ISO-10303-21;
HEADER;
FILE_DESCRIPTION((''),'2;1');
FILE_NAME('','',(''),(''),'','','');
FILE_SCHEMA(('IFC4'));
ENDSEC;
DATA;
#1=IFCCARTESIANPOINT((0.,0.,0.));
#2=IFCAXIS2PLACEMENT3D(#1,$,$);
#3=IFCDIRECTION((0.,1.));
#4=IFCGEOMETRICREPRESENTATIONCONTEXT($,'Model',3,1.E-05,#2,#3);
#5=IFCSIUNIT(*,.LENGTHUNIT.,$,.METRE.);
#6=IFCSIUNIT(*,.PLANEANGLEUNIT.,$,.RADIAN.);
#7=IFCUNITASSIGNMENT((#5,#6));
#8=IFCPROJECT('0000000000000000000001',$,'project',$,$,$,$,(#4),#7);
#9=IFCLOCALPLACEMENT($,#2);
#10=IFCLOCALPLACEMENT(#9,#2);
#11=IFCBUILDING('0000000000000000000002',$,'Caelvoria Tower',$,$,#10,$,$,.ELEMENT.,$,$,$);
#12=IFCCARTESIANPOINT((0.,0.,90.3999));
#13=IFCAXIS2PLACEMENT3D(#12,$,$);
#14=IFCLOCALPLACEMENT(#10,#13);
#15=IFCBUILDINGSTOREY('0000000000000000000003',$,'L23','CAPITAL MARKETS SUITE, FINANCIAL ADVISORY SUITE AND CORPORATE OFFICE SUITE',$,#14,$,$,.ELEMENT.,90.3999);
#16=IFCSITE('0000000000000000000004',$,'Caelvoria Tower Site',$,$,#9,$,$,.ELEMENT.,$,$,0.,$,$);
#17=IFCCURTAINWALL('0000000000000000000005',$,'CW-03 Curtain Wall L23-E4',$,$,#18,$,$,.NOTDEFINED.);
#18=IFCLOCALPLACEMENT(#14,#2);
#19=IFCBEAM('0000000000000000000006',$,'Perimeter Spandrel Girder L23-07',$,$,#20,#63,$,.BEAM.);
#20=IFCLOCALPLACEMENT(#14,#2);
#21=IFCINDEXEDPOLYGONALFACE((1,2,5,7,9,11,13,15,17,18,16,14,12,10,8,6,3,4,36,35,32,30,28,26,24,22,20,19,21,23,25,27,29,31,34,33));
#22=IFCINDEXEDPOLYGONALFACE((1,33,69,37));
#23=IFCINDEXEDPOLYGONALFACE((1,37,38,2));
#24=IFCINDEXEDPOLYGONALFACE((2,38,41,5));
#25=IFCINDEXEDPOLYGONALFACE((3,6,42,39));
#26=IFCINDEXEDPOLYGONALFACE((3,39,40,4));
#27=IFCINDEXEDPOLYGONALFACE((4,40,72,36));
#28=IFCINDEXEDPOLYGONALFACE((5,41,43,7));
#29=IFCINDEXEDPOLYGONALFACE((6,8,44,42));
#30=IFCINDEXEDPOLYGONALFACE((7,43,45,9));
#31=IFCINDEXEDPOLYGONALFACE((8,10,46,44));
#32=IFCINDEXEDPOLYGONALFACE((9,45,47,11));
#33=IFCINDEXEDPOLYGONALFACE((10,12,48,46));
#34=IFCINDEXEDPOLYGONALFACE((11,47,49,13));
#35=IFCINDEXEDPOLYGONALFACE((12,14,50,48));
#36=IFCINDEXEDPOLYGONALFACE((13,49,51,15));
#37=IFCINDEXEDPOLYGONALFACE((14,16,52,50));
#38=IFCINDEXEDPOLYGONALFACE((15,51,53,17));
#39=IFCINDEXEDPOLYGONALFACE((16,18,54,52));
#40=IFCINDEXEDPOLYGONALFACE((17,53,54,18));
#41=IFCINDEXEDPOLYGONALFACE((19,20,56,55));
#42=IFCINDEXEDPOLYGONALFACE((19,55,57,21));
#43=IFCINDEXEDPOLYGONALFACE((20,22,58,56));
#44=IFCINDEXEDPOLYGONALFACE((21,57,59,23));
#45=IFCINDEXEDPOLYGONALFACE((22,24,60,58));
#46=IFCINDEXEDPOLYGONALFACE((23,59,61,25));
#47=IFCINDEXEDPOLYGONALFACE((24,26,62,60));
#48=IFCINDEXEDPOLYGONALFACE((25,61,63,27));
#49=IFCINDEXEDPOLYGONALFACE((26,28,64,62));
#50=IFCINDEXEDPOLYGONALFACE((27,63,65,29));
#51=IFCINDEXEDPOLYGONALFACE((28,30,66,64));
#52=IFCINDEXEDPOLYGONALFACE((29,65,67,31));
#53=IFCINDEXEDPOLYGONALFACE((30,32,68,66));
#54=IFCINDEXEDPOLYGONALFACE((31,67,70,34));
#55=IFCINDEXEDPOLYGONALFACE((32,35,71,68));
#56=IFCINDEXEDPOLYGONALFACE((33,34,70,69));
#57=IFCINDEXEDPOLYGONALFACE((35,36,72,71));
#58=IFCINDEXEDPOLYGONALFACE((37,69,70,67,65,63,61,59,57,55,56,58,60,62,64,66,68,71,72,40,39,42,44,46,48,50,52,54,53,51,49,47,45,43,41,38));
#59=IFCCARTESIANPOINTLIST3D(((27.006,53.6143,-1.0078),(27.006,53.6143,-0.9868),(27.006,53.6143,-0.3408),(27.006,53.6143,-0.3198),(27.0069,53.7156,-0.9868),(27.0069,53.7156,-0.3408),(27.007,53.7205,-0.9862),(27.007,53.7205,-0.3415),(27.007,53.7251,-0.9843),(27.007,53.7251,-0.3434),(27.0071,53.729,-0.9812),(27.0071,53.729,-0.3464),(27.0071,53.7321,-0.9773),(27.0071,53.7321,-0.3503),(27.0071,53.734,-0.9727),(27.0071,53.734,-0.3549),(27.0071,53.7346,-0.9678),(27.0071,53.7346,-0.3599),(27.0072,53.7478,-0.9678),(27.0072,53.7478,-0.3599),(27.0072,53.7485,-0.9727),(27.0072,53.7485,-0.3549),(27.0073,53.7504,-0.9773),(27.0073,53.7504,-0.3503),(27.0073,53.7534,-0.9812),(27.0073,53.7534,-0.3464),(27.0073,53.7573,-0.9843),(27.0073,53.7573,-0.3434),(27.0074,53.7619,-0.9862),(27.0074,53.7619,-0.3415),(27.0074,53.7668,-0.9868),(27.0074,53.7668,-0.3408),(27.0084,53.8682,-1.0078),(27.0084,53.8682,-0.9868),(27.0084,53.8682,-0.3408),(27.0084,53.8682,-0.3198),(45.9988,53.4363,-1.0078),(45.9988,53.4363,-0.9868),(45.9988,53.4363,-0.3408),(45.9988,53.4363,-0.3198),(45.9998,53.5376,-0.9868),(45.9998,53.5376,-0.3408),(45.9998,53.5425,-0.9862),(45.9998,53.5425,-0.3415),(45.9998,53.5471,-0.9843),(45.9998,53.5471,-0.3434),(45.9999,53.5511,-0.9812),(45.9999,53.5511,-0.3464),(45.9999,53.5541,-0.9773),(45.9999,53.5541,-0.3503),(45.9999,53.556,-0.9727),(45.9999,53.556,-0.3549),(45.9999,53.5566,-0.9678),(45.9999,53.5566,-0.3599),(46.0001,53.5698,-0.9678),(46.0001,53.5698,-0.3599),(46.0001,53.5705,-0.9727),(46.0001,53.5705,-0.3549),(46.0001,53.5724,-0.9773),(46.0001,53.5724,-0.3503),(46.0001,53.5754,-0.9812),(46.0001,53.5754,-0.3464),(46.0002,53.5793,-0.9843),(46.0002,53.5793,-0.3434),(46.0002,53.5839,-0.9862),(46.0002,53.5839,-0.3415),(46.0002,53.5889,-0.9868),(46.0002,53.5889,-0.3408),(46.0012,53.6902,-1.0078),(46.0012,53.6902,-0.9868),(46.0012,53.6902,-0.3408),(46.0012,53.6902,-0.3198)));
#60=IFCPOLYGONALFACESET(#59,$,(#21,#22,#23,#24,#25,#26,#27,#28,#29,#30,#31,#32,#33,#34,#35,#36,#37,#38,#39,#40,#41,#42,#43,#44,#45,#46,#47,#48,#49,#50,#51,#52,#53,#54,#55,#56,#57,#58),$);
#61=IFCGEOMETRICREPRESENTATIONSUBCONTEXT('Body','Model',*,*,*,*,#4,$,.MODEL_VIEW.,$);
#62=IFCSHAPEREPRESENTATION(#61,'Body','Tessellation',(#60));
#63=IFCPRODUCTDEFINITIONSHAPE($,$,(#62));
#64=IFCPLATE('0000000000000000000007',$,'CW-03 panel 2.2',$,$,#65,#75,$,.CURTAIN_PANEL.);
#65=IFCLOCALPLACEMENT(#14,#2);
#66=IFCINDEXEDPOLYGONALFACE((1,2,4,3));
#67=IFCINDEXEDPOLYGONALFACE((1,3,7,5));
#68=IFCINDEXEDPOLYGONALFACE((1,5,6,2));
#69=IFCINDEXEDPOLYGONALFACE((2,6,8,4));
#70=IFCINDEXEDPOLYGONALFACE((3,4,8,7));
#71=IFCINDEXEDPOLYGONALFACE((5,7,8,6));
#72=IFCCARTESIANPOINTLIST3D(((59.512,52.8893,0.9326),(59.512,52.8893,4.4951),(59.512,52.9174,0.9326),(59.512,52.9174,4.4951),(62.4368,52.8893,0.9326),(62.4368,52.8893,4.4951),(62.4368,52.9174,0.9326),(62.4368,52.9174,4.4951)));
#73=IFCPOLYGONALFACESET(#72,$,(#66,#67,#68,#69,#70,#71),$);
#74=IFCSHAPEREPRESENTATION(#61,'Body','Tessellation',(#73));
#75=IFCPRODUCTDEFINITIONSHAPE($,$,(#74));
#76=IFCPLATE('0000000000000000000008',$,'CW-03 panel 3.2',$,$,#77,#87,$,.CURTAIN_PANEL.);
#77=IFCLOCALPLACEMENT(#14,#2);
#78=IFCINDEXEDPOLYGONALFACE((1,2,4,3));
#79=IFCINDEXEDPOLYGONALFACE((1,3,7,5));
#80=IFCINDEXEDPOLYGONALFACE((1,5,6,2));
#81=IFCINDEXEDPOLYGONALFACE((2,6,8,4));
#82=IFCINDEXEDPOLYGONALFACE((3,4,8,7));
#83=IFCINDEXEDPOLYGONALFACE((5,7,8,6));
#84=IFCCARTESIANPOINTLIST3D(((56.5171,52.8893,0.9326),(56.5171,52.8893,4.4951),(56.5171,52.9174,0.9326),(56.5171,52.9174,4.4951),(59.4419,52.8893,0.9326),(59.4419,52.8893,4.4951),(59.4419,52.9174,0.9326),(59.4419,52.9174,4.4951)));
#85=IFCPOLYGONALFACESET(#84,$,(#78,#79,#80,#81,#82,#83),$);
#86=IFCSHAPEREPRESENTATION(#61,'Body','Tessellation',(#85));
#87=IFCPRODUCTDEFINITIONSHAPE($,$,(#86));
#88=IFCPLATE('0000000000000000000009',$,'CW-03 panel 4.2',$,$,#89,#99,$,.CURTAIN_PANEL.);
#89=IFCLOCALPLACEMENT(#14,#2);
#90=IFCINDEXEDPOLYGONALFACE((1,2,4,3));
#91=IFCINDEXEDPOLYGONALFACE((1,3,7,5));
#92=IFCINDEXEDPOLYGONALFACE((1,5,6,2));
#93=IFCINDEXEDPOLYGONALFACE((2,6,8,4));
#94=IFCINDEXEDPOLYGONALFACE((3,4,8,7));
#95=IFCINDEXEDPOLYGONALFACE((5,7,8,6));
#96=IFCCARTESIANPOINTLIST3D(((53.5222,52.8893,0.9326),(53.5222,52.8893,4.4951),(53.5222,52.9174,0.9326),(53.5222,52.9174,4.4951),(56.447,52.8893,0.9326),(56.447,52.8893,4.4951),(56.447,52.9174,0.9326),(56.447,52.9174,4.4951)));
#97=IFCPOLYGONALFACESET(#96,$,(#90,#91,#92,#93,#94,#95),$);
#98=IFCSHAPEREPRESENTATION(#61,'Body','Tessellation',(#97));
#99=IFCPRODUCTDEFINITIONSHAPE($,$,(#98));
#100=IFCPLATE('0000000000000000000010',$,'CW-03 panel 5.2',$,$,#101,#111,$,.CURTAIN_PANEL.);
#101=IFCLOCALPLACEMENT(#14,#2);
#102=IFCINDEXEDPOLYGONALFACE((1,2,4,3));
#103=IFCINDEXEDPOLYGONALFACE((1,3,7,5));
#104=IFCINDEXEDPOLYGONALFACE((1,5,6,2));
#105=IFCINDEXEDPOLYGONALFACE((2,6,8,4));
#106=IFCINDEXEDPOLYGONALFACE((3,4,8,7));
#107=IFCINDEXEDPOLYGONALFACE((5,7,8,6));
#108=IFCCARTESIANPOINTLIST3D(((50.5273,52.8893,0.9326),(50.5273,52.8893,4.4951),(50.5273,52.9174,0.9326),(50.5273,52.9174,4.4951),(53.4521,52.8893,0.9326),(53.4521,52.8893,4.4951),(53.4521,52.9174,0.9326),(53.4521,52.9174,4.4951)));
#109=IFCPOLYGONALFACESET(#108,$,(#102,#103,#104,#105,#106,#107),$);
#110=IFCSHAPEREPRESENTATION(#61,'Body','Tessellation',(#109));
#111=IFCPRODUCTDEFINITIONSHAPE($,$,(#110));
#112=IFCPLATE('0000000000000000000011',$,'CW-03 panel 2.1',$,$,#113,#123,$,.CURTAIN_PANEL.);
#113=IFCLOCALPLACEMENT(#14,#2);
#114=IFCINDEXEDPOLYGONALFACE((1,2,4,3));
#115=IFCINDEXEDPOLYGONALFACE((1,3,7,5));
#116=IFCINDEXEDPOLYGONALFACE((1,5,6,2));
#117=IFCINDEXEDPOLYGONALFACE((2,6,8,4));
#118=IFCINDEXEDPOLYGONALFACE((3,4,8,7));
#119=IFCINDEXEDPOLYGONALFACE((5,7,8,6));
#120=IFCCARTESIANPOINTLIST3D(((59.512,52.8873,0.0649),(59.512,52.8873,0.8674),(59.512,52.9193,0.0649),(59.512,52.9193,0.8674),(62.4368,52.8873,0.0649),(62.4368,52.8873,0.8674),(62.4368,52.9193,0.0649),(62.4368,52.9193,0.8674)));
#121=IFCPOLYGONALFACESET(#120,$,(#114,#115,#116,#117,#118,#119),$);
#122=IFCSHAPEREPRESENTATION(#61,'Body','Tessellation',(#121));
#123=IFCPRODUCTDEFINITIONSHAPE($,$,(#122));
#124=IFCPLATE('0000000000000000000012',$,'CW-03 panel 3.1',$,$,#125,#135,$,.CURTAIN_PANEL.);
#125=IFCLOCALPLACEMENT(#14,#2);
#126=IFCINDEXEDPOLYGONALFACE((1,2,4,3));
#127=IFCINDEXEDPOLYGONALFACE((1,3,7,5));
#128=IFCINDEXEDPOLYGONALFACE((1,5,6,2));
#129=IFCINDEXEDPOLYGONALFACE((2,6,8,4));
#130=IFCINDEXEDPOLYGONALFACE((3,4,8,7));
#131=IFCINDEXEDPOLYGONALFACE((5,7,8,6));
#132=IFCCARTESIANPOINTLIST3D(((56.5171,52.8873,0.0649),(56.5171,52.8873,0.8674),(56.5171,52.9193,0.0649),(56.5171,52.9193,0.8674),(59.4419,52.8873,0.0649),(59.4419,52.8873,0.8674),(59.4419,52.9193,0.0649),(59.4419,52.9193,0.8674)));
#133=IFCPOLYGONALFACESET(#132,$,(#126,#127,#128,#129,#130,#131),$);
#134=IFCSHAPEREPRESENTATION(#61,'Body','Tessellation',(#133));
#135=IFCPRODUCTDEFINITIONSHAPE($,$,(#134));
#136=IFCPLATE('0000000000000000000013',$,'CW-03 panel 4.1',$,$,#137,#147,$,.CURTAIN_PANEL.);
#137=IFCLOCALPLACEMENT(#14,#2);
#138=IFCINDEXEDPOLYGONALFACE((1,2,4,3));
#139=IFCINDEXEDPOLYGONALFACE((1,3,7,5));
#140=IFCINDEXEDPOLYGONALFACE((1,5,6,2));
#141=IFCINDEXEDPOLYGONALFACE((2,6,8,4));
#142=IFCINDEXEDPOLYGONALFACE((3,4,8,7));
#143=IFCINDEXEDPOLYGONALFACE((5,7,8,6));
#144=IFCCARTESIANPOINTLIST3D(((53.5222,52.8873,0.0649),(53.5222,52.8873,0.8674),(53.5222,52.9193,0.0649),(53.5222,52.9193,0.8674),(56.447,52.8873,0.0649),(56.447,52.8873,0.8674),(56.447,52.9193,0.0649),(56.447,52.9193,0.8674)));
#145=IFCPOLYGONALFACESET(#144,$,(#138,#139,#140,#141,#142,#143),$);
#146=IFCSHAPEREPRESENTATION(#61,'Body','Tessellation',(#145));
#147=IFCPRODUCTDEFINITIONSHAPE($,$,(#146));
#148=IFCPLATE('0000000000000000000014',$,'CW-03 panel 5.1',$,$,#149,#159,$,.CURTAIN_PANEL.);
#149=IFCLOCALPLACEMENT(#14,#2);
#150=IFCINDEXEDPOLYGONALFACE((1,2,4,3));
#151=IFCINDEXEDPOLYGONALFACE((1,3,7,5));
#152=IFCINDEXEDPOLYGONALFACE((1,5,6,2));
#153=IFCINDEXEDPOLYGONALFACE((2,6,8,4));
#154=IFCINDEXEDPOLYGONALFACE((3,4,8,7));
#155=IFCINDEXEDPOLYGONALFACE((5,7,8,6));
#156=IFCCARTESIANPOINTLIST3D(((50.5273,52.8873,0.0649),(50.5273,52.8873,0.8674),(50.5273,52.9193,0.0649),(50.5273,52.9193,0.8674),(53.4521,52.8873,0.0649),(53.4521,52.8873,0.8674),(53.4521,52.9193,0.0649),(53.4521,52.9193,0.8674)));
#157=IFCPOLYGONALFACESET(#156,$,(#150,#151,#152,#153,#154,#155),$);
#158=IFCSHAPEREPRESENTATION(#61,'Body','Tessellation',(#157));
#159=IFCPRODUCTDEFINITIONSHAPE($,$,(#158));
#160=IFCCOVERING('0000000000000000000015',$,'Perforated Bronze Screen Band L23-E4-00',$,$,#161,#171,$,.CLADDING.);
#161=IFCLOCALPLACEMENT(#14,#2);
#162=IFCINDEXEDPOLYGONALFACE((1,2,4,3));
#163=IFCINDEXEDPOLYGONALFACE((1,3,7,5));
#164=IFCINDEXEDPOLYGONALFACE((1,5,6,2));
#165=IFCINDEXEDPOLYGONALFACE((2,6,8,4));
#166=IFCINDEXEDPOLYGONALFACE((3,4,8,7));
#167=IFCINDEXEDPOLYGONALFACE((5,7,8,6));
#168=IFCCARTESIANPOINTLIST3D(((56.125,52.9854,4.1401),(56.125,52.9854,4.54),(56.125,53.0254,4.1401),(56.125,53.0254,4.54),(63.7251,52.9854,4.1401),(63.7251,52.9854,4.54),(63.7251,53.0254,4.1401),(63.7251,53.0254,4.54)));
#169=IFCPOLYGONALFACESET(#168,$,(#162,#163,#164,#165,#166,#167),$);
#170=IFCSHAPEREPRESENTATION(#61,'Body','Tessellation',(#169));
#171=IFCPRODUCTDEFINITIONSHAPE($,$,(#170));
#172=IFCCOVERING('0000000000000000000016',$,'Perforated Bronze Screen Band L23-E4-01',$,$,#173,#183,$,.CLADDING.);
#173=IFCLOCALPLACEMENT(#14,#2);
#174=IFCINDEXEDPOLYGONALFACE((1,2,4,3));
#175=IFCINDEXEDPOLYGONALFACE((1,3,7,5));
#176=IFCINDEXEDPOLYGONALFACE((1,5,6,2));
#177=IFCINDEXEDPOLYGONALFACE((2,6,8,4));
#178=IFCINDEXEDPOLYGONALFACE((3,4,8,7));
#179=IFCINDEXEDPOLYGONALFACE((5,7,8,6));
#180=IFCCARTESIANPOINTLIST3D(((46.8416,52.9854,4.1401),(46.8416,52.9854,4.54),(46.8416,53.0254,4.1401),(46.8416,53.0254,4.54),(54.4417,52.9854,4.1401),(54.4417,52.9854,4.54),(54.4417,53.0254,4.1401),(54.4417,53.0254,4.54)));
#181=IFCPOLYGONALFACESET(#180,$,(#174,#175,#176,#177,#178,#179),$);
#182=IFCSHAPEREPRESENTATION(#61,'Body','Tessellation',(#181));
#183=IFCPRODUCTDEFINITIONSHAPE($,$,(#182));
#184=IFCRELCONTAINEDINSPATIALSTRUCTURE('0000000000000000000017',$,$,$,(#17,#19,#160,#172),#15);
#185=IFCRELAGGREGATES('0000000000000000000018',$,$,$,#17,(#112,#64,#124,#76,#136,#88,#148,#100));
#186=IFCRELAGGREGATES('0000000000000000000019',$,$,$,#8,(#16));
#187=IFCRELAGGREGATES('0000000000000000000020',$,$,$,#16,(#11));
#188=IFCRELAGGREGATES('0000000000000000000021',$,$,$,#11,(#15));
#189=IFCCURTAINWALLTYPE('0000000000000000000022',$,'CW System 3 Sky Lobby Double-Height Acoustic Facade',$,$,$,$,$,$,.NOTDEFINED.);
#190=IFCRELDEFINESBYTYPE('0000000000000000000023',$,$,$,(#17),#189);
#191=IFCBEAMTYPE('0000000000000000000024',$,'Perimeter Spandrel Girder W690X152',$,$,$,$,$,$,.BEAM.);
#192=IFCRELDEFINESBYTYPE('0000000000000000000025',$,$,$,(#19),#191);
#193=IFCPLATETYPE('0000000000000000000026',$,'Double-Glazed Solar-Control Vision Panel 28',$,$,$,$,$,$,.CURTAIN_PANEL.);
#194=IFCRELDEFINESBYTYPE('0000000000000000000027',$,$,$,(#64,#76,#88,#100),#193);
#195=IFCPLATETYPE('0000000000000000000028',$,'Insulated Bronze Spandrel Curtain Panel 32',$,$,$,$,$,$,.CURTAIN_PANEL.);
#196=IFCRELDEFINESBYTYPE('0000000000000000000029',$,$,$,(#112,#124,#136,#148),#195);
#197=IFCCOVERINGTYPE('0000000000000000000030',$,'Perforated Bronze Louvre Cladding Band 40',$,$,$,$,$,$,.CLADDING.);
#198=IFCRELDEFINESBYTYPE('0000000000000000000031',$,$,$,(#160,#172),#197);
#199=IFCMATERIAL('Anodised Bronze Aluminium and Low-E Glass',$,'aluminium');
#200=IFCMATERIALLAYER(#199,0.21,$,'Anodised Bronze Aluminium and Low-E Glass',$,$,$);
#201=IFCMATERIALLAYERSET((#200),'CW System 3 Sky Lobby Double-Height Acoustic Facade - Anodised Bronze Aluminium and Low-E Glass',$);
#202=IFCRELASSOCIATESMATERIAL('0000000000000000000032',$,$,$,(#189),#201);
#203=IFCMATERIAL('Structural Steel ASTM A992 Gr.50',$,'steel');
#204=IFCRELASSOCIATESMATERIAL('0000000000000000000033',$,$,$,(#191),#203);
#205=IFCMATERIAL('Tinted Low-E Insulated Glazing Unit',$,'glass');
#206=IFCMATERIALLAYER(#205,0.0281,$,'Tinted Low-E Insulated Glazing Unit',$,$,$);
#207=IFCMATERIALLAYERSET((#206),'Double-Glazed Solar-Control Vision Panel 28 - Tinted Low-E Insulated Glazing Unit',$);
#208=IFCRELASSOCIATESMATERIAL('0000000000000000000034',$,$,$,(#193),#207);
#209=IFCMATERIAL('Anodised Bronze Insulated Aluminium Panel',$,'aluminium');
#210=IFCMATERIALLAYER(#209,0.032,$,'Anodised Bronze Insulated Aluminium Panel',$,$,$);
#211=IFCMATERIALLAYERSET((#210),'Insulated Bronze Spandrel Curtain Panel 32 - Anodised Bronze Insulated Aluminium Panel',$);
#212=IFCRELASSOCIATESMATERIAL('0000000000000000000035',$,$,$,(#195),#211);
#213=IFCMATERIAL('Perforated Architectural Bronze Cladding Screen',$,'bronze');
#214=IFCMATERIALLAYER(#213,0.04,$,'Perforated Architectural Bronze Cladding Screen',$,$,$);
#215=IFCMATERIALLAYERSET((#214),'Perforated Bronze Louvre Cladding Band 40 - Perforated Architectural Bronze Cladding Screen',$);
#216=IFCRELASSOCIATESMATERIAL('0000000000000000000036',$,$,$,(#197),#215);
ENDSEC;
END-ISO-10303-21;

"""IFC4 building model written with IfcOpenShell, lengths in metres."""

from ifc_helpers import new_model, si_unit, direction, frame, origin, origin_2d, place, context, subcontext, project, spatial, rectangle, i_section, extrude, material, layer, layer_set, material_profile, profile_set, type_object, element, aggregate, save


model = new_model("IFC4")

# Units and contexts
model_context = context("Model", 3, precision=1e-05, world=origin(), true_north=direction((0.0, 1.0)))
body_context = subcontext(model_context, "Body", "Model", "MODEL_VIEW")
ifc_project = project(units=[si_unit("LENGTHUNIT", "METRE"), si_unit("PLANEANGLEUNIT", "RADIAN")], contexts=[model_context])

# Site, building, storey
site_placement = place(None, origin())
site = spatial("IfcSite", under=ifc_project, at=site_placement, Name="Caelvoria Tower Site", CompositionType="ELEMENT", RefElevation=0.0)
building_placement = place(site_placement, origin())
building = spatial("IfcBuilding", under=site, at=building_placement, Name="Caelvoria Tower", CompositionType="ELEMENT")
storey_placement = place(building_placement, frame((0.0, 0.0, 90.3999)))
storey = spatial("IfcBuildingStorey", under=building, at=storey_placement, Name="L23", Description="CAPITAL MARKETS SUITE, FINANCIAL ADVISORY SUITE AND CORPORATE OFFICE SUITE", CompositionType="ELEMENT", Elevation=90.3999)

# Curtain wall
ifc_material_1 = material(Name="Anodised Bronze Aluminium and Low-E Glass", Category="aluminium")
ifc_layer_1 = layer(ifc_material_1, 0.21, Name="Anodised Bronze Aluminium and Low-E Glass")
ifc_layer_set_1 = layer_set([ifc_layer_1], Name="CW System 3 Sky Lobby Double-Height Acoustic Facade - Anodised Bronze Aluminium and Low-E Glass")
curtain_wall_type = type_object("IfcCurtainWallType", Name="CW System 3 Sky Lobby Double-Height Acoustic Facade", PredefinedType="NOTDEFINED", material=ifc_layer_set_1)
curtain_wall_placement = place(storey_placement, origin())
curtain_wall = element("IfcCurtainWall", 1, at=curtain_wall_placement, inside=storey, type_object=curtain_wall_type, Name="CW-03 Curtain Wall L23-E4", PredefinedType="NOTDEFINED")

# Beam
ifc_material_2 = material(Name="Structural Steel ASTM A992 Gr.50", Category="steel")
ifc_material_profile_1 = material_profile(ifc_material_2, i_section(OverallWidth=0.2539, OverallDepth=0.688, WebThickness=0.0132, FlangeThickness=0.021, FilletRadius=0.019, at=origin_2d()), Name="Structural Steel ASTM A992 Gr.50")
ifc_profile_set_1 = profile_set([ifc_material_profile_1], Name="W690X152 - Structural Steel ASTM A992 Gr.50")
beam_type = type_object("IfcBeamType", Name="Perimeter Spandrel Girder W690X152", PredefinedType="BEAM", material=ifc_profile_set_1)
beam_placement = place(storey_placement, frame((46.0, 53.5632, -0.6638), z_axis=(-0.999956, 0.00937, 0.0), x_axis=(-0.00937, -0.999956, 0.0)))
element("IfcBeam", 2, at=beam_placement, inside=storey, type_object=beam_type, Name="Perimeter Spandrel Girder L23-07", PredefinedType="BEAM", context=body_context, shape_type="SweptSolid", body=[
    extrude(i_section(OverallWidth=0.2539, OverallDepth=0.688, WebThickness=0.0132, FlangeThickness=0.021, FilletRadius=0.019, at=origin_2d()), origin(), (0.0, 0.0, 1.0), 18.9937),
])

# Plates
ifc_material_3 = material(Name="Tinted Low-E Insulated Glazing Unit", Category="glass")
ifc_layer_2 = layer(ifc_material_3, 0.0281, Name="Tinted Low-E Insulated Glazing Unit")
ifc_layer_set_2 = layer_set([ifc_layer_2], Name="Double-Glazed Solar-Control Vision Panel 28 - Tinted Low-E Insulated Glazing Unit")
plate_type_1 = type_object("IfcPlateType", Name="Double-Glazed Solar-Control Vision Panel 28", PredefinedType="CURTAIN_PANEL", material=ifc_layer_set_2)
plate_1_placement = place(storey_placement, frame((60.9744, 52.9033, 0.9326), z_axis=(0.0, 0.0, 1.0), x_axis=(-1.0, 0.0, 0.0)))
plate_1 = element("IfcPlate", 3, at=plate_1_placement, type_object=plate_type_1, Name="CW-03 panel 2.2", PredefinedType="CURTAIN_PANEL", context=body_context, shape_type="SweptSolid", body=[
    extrude(rectangle(XDim=2.9248, YDim=0.0281, at=origin_2d()), origin(), (0.0, 0.0, 1.0), 3.5625),
])
plate_2_placement = place(storey_placement, frame((57.9795, 52.9033, 0.9326), z_axis=(0.0, 0.0, 1.0), x_axis=(-1.0, 0.0, 0.0)))
plate_2 = element("IfcPlate", 4, at=plate_2_placement, type_object=plate_type_1, Name="CW-03 panel 3.2", PredefinedType="CURTAIN_PANEL", context=body_context, shape_type="SweptSolid", body=[
    extrude(rectangle(XDim=2.9248, YDim=0.0281, at=origin_2d()), origin(), (0.0, 0.0, 1.0), 3.5625),
])
plate_3_placement = place(storey_placement, frame((54.9846, 52.9033, 0.9326), z_axis=(0.0, 0.0, 1.0), x_axis=(-1.0, 0.0, 0.0)))
plate_3 = element("IfcPlate", 5, at=plate_3_placement, type_object=plate_type_1, Name="CW-03 panel 4.2", PredefinedType="CURTAIN_PANEL", context=body_context, shape_type="SweptSolid", body=[
    extrude(rectangle(XDim=2.9248, YDim=0.0281, at=origin_2d()), origin(), (0.0, 0.0, 1.0), 3.5625),
])
plate_4_placement = place(storey_placement, frame((51.9897, 52.9033, 0.9326), z_axis=(0.0, 0.0, 1.0), x_axis=(-1.0, 0.0, 0.0)))
plate_4 = element("IfcPlate", 6, at=plate_4_placement, type_object=plate_type_1, Name="CW-03 panel 5.2", PredefinedType="CURTAIN_PANEL", context=body_context, shape_type="SweptSolid", body=[
    extrude(rectangle(XDim=2.9248, YDim=0.0281, at=origin_2d()), origin(), (0.0, 0.0, 1.0), 3.5625),
])
ifc_material_4 = material(Name="Anodised Bronze Insulated Aluminium Panel", Category="aluminium")
ifc_layer_3 = layer(ifc_material_4, 0.032, Name="Anodised Bronze Insulated Aluminium Panel")
ifc_layer_set_3 = layer_set([ifc_layer_3], Name="Insulated Bronze Spandrel Curtain Panel 32 - Anodised Bronze Insulated Aluminium Panel")
plate_type_2 = type_object("IfcPlateType", Name="Insulated Bronze Spandrel Curtain Panel 32", PredefinedType="CURTAIN_PANEL", material=ifc_layer_set_3)
plate_5_placement = place(storey_placement, frame((60.9744, 52.9033, 0.0649), z_axis=(0.0, 0.0, 1.0), x_axis=(-1.0, 0.0, 0.0)))
plate_5 = element("IfcPlate", 7, at=plate_5_placement, type_object=plate_type_2, Name="CW-03 panel 2.1", PredefinedType="CURTAIN_PANEL", context=body_context, shape_type="SweptSolid", body=[
    extrude(rectangle(XDim=2.9248, YDim=0.032, at=origin_2d()), origin(), (0.0, 0.0, 1.0), 0.8025),
])
plate_6_placement = place(storey_placement, frame((57.9795, 52.9033, 0.0649), z_axis=(0.0, 0.0, 1.0), x_axis=(-1.0, 0.0, 0.0)))
plate_6 = element("IfcPlate", 8, at=plate_6_placement, type_object=plate_type_2, Name="CW-03 panel 3.1", PredefinedType="CURTAIN_PANEL", context=body_context, shape_type="SweptSolid", body=[
    extrude(rectangle(XDim=2.9248, YDim=0.032, at=origin_2d()), origin(), (0.0, 0.0, 1.0), 0.8025),
])
plate_7_placement = place(storey_placement, frame((54.9846, 52.9033, 0.0649), z_axis=(0.0, 0.0, 1.0), x_axis=(-1.0, 0.0, 0.0)))
plate_7 = element("IfcPlate", 9, at=plate_7_placement, type_object=plate_type_2, Name="CW-03 panel 4.1", PredefinedType="CURTAIN_PANEL", context=body_context, shape_type="SweptSolid", body=[
    extrude(rectangle(XDim=2.9248, YDim=0.032, at=origin_2d()), origin(), (0.0, 0.0, 1.0), 0.8025),
])
plate_8_placement = place(storey_placement, frame((51.9897, 52.9033, 0.0649), z_axis=(0.0, 0.0, 1.0), x_axis=(-1.0, 0.0, 0.0)))
plate_8 = element("IfcPlate", 10, at=plate_8_placement, type_object=plate_type_2, Name="CW-03 panel 5.1", PredefinedType="CURTAIN_PANEL", context=body_context, shape_type="SweptSolid", body=[
    extrude(rectangle(XDim=2.9248, YDim=0.032, at=origin_2d()), origin(), (0.0, 0.0, 1.0), 0.8025),
])
aggregate(curtain_wall, [plate_5, plate_1, plate_6, plate_2, plate_7, plate_3, plate_8, plate_4])

# Coverings
ifc_material_5 = material(Name="Perforated Architectural Bronze Cladding Screen", Category="bronze")
ifc_layer_4 = layer(ifc_material_5, 0.04, Name="Perforated Architectural Bronze Cladding Screen")
ifc_layer_set_4 = layer_set([ifc_layer_4], Name="Perforated Bronze Louvre Cladding Band 40 - Perforated Architectural Bronze Cladding Screen")
covering_type = type_object("IfcCoveringType", Name="Perforated Bronze Louvre Cladding Band 40", PredefinedType="CLADDING", material=ifc_layer_set_4)
for number, where, z_axis, x_axis, name in (
    (11, (59.925, 53.0054, 4.1401), (0.0, 0.0, 1.0), (-1.0, 0.0, 0.0), "Perforated Bronze Screen Band L23-E4-00"),
    (12, (50.6416, 53.0054, 4.1401), (0.0, 0.0, 1.0), (-1.0, 0.0, 0.0), "Perforated Bronze Screen Band L23-E4-01"),
):
    element("IfcCovering", number, at=place(storey_placement, frame(where, z_axis=z_axis, x_axis=x_axis)), inside=storey, type_object=covering_type, Name=name, PredefinedType="CLADDING", context=body_context, shape_type="SweptSolid", body=[
        extrude(rectangle(XDim=7.6001, YDim=0.04, at=origin_2d()), origin(), (0.0, 0.0, 1.0), 0.3999),
    ])

save(model, "model.ifc")
